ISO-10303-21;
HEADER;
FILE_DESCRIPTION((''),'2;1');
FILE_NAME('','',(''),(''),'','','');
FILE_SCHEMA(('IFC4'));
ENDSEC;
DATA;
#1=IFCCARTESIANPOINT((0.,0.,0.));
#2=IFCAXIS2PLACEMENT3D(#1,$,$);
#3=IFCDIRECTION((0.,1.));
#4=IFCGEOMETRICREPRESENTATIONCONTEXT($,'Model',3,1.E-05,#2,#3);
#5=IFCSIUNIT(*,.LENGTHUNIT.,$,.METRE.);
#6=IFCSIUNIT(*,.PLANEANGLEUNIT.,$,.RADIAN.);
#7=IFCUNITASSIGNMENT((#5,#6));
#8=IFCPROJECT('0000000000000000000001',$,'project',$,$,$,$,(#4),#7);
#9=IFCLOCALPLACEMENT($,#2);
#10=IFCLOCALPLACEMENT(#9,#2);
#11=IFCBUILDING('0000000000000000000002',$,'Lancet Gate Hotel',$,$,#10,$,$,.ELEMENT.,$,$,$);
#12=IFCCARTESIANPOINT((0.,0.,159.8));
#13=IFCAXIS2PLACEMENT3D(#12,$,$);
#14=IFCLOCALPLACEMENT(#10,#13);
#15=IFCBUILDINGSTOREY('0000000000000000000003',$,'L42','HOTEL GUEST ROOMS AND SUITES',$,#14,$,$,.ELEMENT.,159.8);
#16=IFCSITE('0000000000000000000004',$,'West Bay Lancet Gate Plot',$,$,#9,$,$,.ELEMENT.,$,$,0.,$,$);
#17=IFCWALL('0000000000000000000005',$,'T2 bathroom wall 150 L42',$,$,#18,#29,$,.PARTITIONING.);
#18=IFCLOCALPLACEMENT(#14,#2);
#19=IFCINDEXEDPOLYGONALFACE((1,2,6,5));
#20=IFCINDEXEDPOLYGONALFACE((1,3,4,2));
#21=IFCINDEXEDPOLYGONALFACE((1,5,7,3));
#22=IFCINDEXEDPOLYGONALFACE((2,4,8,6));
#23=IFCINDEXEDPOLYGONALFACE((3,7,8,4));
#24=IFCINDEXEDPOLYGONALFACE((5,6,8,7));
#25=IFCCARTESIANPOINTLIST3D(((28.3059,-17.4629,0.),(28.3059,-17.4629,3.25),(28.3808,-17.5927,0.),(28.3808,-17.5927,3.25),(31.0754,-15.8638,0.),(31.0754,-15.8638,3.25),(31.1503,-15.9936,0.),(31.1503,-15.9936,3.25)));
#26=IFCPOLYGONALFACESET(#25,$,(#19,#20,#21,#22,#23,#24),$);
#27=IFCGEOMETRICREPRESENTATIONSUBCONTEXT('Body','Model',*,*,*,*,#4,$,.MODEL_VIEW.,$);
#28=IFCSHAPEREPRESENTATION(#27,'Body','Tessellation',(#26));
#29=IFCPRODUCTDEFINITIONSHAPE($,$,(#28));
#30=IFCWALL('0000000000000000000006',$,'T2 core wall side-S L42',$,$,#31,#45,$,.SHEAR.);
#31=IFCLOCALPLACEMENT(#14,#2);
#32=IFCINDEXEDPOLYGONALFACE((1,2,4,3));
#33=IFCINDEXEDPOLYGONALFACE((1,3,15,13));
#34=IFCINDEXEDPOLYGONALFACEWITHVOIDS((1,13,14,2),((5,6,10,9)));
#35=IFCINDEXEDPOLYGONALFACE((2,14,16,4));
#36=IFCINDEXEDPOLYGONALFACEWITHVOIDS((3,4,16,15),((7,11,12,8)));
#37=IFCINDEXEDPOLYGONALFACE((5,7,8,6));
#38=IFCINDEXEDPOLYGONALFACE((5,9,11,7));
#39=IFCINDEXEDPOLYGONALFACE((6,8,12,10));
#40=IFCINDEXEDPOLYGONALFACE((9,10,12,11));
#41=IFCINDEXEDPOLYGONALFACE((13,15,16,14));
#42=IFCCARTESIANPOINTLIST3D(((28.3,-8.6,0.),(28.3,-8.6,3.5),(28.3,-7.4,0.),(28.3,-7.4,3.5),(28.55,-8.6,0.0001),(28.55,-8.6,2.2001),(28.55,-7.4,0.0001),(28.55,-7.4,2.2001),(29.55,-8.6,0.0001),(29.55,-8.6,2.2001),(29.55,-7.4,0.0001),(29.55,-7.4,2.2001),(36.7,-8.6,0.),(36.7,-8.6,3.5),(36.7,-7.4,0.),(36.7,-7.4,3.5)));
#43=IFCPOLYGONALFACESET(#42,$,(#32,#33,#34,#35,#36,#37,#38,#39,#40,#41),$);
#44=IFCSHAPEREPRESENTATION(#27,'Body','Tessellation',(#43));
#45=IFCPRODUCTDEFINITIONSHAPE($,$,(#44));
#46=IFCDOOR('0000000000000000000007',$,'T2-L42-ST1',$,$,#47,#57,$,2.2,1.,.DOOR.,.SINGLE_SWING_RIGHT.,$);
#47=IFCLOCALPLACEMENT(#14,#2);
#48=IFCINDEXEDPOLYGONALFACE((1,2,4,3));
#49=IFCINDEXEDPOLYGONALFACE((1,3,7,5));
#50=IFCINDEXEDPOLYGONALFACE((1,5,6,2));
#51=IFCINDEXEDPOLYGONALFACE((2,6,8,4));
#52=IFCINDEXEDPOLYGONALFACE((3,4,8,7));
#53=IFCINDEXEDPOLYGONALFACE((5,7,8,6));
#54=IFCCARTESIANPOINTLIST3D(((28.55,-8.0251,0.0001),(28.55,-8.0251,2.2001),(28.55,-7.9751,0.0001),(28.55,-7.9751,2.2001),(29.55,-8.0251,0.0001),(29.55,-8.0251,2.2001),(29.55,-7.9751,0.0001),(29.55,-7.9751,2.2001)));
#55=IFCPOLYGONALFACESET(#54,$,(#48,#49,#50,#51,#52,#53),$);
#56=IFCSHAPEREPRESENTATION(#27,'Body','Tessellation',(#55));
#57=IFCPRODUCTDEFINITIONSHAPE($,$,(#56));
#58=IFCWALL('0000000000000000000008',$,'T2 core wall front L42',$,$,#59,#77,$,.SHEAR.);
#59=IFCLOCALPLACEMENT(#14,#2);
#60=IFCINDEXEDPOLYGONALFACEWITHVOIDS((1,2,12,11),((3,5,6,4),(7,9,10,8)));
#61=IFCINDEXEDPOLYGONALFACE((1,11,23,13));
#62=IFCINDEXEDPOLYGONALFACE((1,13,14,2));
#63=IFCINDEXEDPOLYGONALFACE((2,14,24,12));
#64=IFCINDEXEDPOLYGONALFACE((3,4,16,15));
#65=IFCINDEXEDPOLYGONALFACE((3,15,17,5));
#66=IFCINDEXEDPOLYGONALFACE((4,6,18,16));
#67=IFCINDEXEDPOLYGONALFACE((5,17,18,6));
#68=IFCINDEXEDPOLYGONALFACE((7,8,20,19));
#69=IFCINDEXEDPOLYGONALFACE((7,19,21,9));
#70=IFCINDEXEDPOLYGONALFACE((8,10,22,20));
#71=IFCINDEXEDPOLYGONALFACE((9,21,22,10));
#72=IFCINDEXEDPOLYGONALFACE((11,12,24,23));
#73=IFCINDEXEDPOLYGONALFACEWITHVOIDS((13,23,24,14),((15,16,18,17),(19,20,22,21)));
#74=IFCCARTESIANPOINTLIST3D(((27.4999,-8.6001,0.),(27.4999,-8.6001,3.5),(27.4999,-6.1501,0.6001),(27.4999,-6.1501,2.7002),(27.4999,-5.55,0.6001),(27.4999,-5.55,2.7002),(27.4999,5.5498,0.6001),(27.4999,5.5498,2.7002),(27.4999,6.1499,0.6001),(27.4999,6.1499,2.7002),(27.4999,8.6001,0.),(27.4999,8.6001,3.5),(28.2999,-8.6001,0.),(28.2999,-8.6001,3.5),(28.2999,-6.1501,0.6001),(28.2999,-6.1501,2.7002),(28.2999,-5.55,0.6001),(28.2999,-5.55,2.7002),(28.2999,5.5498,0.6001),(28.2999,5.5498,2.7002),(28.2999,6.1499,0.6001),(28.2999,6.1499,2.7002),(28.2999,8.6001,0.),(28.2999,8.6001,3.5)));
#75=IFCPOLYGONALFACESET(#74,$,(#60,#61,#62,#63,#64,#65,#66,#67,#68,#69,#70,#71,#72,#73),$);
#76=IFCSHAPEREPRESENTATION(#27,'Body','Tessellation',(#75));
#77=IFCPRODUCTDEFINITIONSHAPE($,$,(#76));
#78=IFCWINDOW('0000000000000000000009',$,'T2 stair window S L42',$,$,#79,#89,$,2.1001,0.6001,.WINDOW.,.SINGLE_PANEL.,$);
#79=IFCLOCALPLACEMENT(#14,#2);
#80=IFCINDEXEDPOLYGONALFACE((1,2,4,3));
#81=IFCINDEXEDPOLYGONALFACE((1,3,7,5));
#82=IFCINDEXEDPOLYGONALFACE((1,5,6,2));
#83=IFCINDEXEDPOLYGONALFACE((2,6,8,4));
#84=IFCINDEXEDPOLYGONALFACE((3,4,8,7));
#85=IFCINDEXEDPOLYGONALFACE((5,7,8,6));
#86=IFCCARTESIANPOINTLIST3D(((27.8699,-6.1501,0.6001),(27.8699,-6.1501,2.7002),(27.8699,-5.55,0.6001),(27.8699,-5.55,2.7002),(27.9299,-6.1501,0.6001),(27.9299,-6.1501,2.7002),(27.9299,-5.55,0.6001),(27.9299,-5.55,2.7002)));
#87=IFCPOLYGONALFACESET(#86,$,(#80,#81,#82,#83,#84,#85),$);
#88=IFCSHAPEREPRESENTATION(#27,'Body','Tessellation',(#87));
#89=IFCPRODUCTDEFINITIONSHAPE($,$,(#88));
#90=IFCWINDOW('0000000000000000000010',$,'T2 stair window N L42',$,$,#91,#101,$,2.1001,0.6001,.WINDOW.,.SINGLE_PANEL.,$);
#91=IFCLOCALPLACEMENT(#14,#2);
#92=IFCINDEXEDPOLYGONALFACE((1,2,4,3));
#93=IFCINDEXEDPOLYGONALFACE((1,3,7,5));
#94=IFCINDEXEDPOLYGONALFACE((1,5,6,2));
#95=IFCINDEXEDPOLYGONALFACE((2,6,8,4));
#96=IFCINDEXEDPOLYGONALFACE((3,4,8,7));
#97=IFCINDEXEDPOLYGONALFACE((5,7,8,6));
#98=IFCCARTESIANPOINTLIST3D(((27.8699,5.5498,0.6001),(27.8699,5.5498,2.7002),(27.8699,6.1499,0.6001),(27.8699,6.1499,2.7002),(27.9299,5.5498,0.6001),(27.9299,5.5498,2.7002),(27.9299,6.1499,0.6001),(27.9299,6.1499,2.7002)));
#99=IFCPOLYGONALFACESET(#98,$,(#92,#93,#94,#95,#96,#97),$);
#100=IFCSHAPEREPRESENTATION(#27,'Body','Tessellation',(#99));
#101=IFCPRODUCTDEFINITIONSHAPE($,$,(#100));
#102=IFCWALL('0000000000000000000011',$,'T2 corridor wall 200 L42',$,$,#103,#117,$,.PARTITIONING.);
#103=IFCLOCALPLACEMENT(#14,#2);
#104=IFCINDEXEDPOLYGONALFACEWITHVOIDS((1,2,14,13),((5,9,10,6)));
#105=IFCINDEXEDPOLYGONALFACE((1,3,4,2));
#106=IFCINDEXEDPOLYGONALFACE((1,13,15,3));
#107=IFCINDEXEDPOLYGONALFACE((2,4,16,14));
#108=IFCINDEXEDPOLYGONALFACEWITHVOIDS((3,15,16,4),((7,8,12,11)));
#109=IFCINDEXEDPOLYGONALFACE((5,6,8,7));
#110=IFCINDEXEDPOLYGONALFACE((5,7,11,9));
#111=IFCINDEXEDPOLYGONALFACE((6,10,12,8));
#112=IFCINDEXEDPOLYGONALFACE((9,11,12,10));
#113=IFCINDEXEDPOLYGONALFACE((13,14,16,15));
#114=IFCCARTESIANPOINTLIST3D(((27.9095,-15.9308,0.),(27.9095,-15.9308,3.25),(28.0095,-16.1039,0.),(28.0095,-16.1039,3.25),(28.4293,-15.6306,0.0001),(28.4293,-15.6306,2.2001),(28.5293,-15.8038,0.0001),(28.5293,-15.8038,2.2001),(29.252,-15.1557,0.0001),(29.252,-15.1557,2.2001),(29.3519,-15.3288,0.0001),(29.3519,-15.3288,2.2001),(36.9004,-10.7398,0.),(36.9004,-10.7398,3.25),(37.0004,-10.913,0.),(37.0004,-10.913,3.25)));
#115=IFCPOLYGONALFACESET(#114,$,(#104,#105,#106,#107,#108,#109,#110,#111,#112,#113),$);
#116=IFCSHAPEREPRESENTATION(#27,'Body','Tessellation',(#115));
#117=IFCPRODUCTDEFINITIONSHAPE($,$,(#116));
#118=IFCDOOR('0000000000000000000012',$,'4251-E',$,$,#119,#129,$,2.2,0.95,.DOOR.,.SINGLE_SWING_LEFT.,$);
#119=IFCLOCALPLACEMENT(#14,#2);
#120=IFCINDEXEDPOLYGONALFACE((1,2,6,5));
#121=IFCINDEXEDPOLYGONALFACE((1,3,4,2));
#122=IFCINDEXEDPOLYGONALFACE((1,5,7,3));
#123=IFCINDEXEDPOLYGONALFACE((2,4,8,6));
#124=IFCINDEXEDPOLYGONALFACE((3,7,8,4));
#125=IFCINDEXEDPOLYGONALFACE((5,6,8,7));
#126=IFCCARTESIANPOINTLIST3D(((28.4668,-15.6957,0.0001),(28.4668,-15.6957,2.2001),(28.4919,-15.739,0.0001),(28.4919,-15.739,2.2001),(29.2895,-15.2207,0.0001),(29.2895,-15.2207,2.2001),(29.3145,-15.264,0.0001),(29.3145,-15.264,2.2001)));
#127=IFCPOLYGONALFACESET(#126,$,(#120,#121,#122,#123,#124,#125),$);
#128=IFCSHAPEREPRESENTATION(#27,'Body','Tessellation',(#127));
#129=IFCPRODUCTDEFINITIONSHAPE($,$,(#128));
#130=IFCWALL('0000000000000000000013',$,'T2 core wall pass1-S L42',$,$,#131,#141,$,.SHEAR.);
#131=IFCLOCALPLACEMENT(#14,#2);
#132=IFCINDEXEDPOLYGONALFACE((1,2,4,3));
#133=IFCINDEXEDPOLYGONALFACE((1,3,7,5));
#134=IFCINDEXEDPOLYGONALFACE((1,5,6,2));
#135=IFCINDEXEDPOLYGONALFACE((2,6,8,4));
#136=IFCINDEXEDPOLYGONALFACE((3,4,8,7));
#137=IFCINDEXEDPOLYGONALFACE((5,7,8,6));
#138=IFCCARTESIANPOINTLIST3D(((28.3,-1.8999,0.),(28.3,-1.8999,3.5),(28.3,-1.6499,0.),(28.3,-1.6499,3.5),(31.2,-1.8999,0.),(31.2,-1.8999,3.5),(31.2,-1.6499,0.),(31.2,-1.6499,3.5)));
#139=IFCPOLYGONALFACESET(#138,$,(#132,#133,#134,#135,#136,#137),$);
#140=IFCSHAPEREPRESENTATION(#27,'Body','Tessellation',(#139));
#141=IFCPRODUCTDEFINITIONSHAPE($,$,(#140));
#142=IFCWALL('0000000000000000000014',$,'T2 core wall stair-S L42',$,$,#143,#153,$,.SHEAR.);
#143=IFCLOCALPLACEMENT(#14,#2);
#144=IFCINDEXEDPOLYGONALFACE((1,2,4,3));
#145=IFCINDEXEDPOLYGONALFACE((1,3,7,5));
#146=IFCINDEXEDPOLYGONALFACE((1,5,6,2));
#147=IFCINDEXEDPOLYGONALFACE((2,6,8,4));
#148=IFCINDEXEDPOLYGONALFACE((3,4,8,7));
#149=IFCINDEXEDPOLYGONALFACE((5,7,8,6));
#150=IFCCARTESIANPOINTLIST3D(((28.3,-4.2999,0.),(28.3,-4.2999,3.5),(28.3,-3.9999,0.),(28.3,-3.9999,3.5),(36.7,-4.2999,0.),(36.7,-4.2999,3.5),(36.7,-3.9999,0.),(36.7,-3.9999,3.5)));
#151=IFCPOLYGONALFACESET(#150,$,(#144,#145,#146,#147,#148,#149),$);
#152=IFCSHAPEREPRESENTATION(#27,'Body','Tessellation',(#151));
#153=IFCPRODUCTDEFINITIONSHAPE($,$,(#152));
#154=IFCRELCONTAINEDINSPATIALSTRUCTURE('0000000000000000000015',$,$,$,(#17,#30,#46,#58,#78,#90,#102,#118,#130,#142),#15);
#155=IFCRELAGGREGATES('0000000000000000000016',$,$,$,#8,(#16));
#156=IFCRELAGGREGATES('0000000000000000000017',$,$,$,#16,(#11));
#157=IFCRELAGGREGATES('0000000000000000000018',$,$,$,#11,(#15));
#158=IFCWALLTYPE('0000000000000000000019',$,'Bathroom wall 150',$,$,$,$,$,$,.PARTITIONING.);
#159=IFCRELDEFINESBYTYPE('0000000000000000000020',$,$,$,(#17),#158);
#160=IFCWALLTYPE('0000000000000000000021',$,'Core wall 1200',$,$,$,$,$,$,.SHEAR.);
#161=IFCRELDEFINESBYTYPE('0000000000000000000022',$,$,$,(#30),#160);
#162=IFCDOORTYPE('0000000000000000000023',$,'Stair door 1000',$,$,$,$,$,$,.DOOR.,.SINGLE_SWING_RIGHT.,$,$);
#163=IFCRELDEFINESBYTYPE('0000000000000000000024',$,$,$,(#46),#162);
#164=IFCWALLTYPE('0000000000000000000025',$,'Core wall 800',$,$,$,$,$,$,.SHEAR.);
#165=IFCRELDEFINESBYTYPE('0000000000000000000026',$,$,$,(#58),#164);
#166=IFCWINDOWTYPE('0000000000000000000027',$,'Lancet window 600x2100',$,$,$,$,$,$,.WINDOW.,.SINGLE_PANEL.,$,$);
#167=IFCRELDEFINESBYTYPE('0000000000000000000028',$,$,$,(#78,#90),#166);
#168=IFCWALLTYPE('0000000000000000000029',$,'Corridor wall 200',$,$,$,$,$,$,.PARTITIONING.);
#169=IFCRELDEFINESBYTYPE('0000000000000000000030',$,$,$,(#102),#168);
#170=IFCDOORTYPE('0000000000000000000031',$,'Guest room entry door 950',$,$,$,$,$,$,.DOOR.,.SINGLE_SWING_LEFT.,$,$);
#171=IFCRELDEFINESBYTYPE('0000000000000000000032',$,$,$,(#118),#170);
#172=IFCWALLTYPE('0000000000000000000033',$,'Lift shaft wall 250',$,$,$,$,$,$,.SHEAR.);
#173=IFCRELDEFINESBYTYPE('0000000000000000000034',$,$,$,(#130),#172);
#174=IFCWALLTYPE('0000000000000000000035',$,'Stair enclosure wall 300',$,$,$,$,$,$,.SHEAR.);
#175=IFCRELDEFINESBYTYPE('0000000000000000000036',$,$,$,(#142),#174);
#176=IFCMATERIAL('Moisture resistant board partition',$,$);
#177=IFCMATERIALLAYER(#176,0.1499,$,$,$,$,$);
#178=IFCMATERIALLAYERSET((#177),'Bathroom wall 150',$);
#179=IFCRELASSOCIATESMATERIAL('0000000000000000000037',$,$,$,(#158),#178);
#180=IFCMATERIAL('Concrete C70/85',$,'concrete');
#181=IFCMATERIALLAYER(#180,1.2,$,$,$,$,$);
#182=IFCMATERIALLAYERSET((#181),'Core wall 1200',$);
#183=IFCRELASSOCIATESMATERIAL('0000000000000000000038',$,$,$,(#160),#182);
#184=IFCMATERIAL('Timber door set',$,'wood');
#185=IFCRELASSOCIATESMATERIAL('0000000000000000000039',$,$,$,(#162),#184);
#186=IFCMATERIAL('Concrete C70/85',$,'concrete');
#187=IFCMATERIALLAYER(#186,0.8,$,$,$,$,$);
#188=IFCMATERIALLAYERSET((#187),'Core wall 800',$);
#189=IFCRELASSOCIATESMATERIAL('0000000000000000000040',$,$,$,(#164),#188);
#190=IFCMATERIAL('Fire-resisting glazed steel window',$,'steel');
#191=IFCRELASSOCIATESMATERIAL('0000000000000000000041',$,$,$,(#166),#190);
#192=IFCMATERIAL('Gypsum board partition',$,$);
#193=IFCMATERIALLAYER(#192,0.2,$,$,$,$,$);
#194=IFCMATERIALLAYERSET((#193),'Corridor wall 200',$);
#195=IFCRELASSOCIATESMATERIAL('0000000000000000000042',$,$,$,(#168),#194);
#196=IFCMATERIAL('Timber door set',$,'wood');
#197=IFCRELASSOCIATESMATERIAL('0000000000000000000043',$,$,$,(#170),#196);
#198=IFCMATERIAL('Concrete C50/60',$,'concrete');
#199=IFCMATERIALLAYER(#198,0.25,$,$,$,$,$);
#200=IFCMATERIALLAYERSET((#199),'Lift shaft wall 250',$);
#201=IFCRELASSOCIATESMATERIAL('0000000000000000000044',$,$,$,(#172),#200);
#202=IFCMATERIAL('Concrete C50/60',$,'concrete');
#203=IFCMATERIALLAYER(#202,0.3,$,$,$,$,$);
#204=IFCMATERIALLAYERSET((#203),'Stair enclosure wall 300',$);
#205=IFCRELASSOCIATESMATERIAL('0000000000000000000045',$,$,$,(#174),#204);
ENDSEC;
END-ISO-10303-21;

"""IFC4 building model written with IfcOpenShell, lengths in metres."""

from ifc_helpers import new_model, si_unit, direction, frame, frame_2d, origin, place, context, subcontext, project, spatial, rectangle, extrude, material, layer, layer_set, type_object, element, fill, save


model = new_model("IFC4")

# Units and contexts
model_context = context("Model", 3, precision=1e-05, world=origin(), true_north=direction((0.0, 1.0)))
body_context = subcontext(model_context, "Body", "Model", "MODEL_VIEW")
ifc_project = project(units=[si_unit("LENGTHUNIT", "METRE"), si_unit("PLANEANGLEUNIT", "RADIAN")], contexts=[model_context])

# Site, building, storey
site_placement = place(None, origin())
site = spatial("IfcSite", under=ifc_project, at=site_placement, Name="West Bay Lancet Gate Plot", CompositionType="ELEMENT", RefElevation=0.0)
building_placement = place(site_placement, origin())
building = spatial("IfcBuilding", under=site, at=building_placement, Name="Lancet Gate Hotel", CompositionType="ELEMENT")
storey_placement = place(building_placement, frame((0.0, 0.0, 159.8)))
storey = spatial("IfcBuildingStorey", under=building, at=storey_placement, Name="L42", Description="HOTEL GUEST ROOMS AND SUITES", CompositionType="ELEMENT", Elevation=159.8)

# Wall
ifc_material_1 = material(Name="Moisture resistant board partition")
ifc_layer_1 = layer(ifc_material_1, 0.1499)
ifc_layer_set_1 = layer_set([ifc_layer_1], Name="Bathroom wall 150")
wall_type_1 = type_object("IfcWallType", Name="Bathroom wall 150", PredefinedType="PARTITIONING", material=ifc_layer_set_1)
wall_1_placement = place(storey_placement, frame((28.3433, -17.5278, 0.0), z_axis=(0.0, 0.0, 1.0), x_axis=(0.866008, 0.500031, 0.0)))
element("IfcWall", 1, at=wall_1_placement, inside=storey, type_object=wall_type_1, Name="T2 bathroom wall 150 L42", PredefinedType="PARTITIONING", context=body_context, shape_type="SweptSolid", body=[
    extrude(rectangle(XDim=3.198, YDim=0.1499, at=frame_2d((1.5991, 0.0))), origin(), (0.0, 0.0, 1.0), 3.25),
])

# Wall, opening, door
ifc_material_2 = material(Name="Concrete C70/85", Category="concrete")
ifc_layer_2 = layer(ifc_material_2, 1.2)
ifc_layer_set_2 = layer_set([ifc_layer_2], Name="Core wall 1200")
wall_type_2 = type_object("IfcWallType", Name="Core wall 1200", PredefinedType="SHEAR", material=ifc_layer_set_2)
wall_2_placement = place(storey_placement, frame((28.3, -8.0, 0.0), z_axis=(0.0, 0.0, 1.0), x_axis=(1.0, 0.0, 0.0)))
wall_2 = element("IfcWall", 2, at=wall_2_placement, inside=storey, type_object=wall_type_2, Name="T2 core wall side-S L42", PredefinedType="SHEAR", context=body_context, shape_type="SweptSolid", body=[
    extrude(rectangle(XDim=8.3999, YDim=1.2, at=frame_2d((4.2, 0.0))), origin(), (0.0, 0.0, 1.0), 3.5),
])
opening_1_placement = place(wall_2_placement, frame((0.25, 0.0, 0.0)))
opening_1 = element("IfcOpeningElement", 3, at=opening_1_placement, cuts=wall_2, PredefinedType="OPENING", context=body_context, shape_type="SweptSolid", body=[
    extrude(rectangle(XDim=1.0, YDim=2.2, at=frame_2d((0.5, 1.1001))), frame((0.0, 0.6099, 0.0), z_axis=(0.0, -1.0, 0.0), x_axis=(1.0, 0.0, 0.0)), (0.0, 0.0, 1.0), 1.22),
])
ifc_material_3 = material(Name="Timber door set", Category="wood")
door_type_1 = type_object("IfcDoorType", Name="Stair door 1000", OperationType="SINGLE_SWING_RIGHT", PredefinedType="DOOR", material=ifc_material_3)
door_1_placement = place(opening_1_placement, origin())
door_1 = element("IfcDoor", 4, at=door_1_placement, inside=storey, type_object=door_type_1, Name="T2-L42-ST1", OperationType="SINGLE_SWING_RIGHT", OverallHeight=2.2, OverallWidth=1.0, PredefinedType="DOOR", context=body_context, shape_type="SweptSolid", body=[
    extrude(rectangle(XDim=1.0, YDim=2.2, at=frame_2d((0.5, 1.1001))), frame((0.0, 0.0249, 0.0), z_axis=(0.0, -1.0, 0.0), x_axis=(1.0, 0.0, 0.0)), (0.0, 0.0, 1.0), 0.05),
])
fill(opening_1, door_1)

# Wall, openings, windows
ifc_material_4 = material(Name="Concrete C70/85", Category="concrete")
ifc_layer_3 = layer(ifc_material_4, 0.8)
ifc_layer_set_3 = layer_set([ifc_layer_3], Name="Core wall 800")
wall_type_3 = type_object("IfcWallType", Name="Core wall 800", PredefinedType="SHEAR", material=ifc_layer_set_3)
wall_3_placement = place(storey_placement, frame((27.8999, -8.6001, 0.0), z_axis=(0.0, 0.0, 1.0), x_axis=(0.0, 1.0, 0.0)))
wall_3 = element("IfcWall", 5, at=wall_3_placement, inside=storey, type_object=wall_type_3, Name="T2 core wall front L42", PredefinedType="SHEAR", context=body_context, shape_type="SweptSolid", body=[
    extrude(rectangle(XDim=17.2002, YDim=0.8, at=frame_2d((8.6001, 0.0))), origin(), (0.0, 0.0, 1.0), 3.5),
])
opening_2_placement = place(wall_3_placement, frame((2.45, 0.0, 0.6001)))
opening_2 = element("IfcOpeningElement", 6, at=opening_2_placement, cuts=wall_3, PredefinedType="OPENING", context=body_context, shape_type="SweptSolid", body=[
    extrude(rectangle(XDim=0.6001, YDim=2.1001, at=frame_2d((0.3, 1.05))), frame((0.0, 0.4099, 0.0), z_axis=(0.0, -1.0, 0.0), x_axis=(1.0, 0.0, 0.0)), (0.0, 0.0, 1.0), 0.8201),
])
opening_3_placement = place(wall_3_placement, frame((14.1499, 0.0, 0.6001)))
opening_3 = element("IfcOpeningElement", 7, at=opening_3_placement, cuts=wall_3, PredefinedType="OPENING", context=body_context, shape_type="SweptSolid", body=[
    extrude(rectangle(XDim=0.6001, YDim=2.1001, at=frame_2d((0.3, 1.05))), frame((0.0, 0.4099, 0.0), z_axis=(0.0, -1.0, 0.0), x_axis=(1.0, 0.0, 0.0)), (0.0, 0.0, 1.0), 0.8201),
])
ifc_material_5 = material(Name="Fire-resisting glazed steel window", Category="steel")
window_type = type_object("IfcWindowType", Name="Lancet window 600x2100", PartitioningType="SINGLE_PANEL", PredefinedType="WINDOW", material=ifc_material_5)
window_1_placement = place(opening_2_placement, origin())
window_1 = element("IfcWindow", 8, at=window_1_placement, inside=storey, type_object=window_type, Name="T2 stair window S L42", OverallHeight=2.1001, OverallWidth=0.6001, PartitioningType="SINGLE_PANEL", PredefinedType="WINDOW", context=body_context, shape_type="SweptSolid", body=[
    extrude(rectangle(XDim=0.6001, YDim=2.1001, at=frame_2d((0.3, 1.05))), frame((0.0, 0.03, 0.0), z_axis=(0.0, -1.0, 0.0), x_axis=(1.0, 0.0, 0.0)), (0.0, 0.0, 1.0), 0.0601),
])
fill(opening_2, window_1)
window_2_placement = place(opening_3_placement, origin())
window_2 = element("IfcWindow", 9, at=window_2_placement, inside=storey, type_object=window_type, Name="T2 stair window N L42", OverallHeight=2.1001, OverallWidth=0.6001, PartitioningType="SINGLE_PANEL", PredefinedType="WINDOW", context=body_context, shape_type="SweptSolid", body=[
    extrude(rectangle(XDim=0.6001, YDim=2.1001, at=frame_2d((0.3, 1.05))), frame((0.0, 0.03, 0.0), z_axis=(0.0, -1.0, 0.0), x_axis=(1.0, 0.0, 0.0)), (0.0, 0.0, 1.0), 0.0601),
])
fill(opening_3, window_2)

# Wall, opening, door
ifc_material_6 = material(Name="Gypsum board partition")
ifc_layer_4 = layer(ifc_material_6, 0.2)
ifc_layer_set_4 = layer_set([ifc_layer_4], Name="Corridor wall 200")
wall_type_4 = type_object("IfcWallType", Name="Corridor wall 200", PredefinedType="PARTITIONING", material=ifc_layer_set_4)
wall_4_placement = place(storey_placement, frame((27.9595, -16.0173, 0.0), z_axis=(0.0, 0.0, 1.0), x_axis=(0.866026, 0.499999, 0.0)))
wall_4 = element("IfcWall", 10, at=wall_4_placement, inside=storey, type_object=wall_type_4, Name="T2 corridor wall 200 L42", PredefinedType="PARTITIONING", context=body_context, shape_type="SweptSolid", body=[
    extrude(rectangle(XDim=10.3818, YDim=0.2, at=frame_2d((5.1909, 0.0))), origin(), (0.0, 0.0, 1.0), 3.25),
])
opening_4_placement = place(wall_4_placement, frame((0.6001, 0.0, 0.0)))
opening_4 = element("IfcOpeningElement", 11, at=opening_4_placement, cuts=wall_4, PredefinedType="OPENING", context=body_context, shape_type="SweptSolid", body=[
    extrude(rectangle(XDim=0.95, YDim=2.2, at=frame_2d((0.4751, 1.1001))), frame((0.0, 0.1099, 0.0), z_axis=(0.0, -1.0, 0.0), x_axis=(1.0, 0.0, 0.0)), (0.0, 0.0, 1.0), 0.22),
])
ifc_material_7 = material(Name="Timber door set", Category="wood")
door_type_2 = type_object("IfcDoorType", Name="Guest room entry door 950", OperationType="SINGLE_SWING_LEFT", PredefinedType="DOOR", material=ifc_material_7)
door_2_placement = place(opening_4_placement, origin())
door_2 = element("IfcDoor", 12, at=door_2_placement, inside=storey, type_object=door_type_2, Name="4251-E", OperationType="SINGLE_SWING_LEFT", OverallHeight=2.2, OverallWidth=0.95, PredefinedType="DOOR", context=body_context, shape_type="SweptSolid", body=[
    extrude(rectangle(XDim=0.95, YDim=2.2, at=frame_2d((0.4751, 1.1001))), frame((0.0, 0.0249, 0.0), z_axis=(0.0, -1.0, 0.0), x_axis=(1.0, 0.0, 0.0)), (0.0, 0.0, 1.0), 0.05),
])
fill(opening_4, door_2)

# Walls
ifc_material_8 = material(Name="Concrete C50/60", Category="concrete")
ifc_layer_5 = layer(ifc_material_8, 0.25)
ifc_layer_set_5 = layer_set([ifc_layer_5], Name="Lift shaft wall 250")
wall_type_5 = type_object("IfcWallType", Name="Lift shaft wall 250", PredefinedType="SHEAR", material=ifc_layer_set_5)
wall_5_placement = place(storey_placement, frame((28.3, -1.7749, 0.0), z_axis=(0.0, 0.0, 1.0), x_axis=(1.0, 0.0, 0.0)))
element("IfcWall", 13, at=wall_5_placement, inside=storey, type_object=wall_type_5, Name="T2 core wall pass1-S L42", PredefinedType="SHEAR", context=body_context, shape_type="SweptSolid", body=[
    extrude(rectangle(XDim=2.8999, YDim=0.25, at=frame_2d((1.45, 0.0))), origin(), (0.0, 0.0, 1.0), 3.5),
])
ifc_material_9 = material(Name="Concrete C50/60", Category="concrete")
ifc_layer_6 = layer(ifc_material_9, 0.3)
ifc_layer_set_6 = layer_set([ifc_layer_6], Name="Stair enclosure wall 300")
wall_type_6 = type_object("IfcWallType", Name="Stair enclosure wall 300", PredefinedType="SHEAR", material=ifc_layer_set_6)
wall_6_placement = place(storey_placement, frame((28.3, -4.1499, 0.0), z_axis=(0.0, 0.0, 1.0), x_axis=(1.0, 0.0, 0.0)))
element("IfcWall", 14, at=wall_6_placement, inside=storey, type_object=wall_type_6, Name="T2 core wall stair-S L42", PredefinedType="SHEAR", context=body_context, shape_type="SweptSolid", body=[
    extrude(rectangle(XDim=8.3999, YDim=0.3, at=frame_2d((4.2, 0.0))), origin(), (0.0, 0.0, 1.0), 3.5),
])

save(model, "model.ifc")
